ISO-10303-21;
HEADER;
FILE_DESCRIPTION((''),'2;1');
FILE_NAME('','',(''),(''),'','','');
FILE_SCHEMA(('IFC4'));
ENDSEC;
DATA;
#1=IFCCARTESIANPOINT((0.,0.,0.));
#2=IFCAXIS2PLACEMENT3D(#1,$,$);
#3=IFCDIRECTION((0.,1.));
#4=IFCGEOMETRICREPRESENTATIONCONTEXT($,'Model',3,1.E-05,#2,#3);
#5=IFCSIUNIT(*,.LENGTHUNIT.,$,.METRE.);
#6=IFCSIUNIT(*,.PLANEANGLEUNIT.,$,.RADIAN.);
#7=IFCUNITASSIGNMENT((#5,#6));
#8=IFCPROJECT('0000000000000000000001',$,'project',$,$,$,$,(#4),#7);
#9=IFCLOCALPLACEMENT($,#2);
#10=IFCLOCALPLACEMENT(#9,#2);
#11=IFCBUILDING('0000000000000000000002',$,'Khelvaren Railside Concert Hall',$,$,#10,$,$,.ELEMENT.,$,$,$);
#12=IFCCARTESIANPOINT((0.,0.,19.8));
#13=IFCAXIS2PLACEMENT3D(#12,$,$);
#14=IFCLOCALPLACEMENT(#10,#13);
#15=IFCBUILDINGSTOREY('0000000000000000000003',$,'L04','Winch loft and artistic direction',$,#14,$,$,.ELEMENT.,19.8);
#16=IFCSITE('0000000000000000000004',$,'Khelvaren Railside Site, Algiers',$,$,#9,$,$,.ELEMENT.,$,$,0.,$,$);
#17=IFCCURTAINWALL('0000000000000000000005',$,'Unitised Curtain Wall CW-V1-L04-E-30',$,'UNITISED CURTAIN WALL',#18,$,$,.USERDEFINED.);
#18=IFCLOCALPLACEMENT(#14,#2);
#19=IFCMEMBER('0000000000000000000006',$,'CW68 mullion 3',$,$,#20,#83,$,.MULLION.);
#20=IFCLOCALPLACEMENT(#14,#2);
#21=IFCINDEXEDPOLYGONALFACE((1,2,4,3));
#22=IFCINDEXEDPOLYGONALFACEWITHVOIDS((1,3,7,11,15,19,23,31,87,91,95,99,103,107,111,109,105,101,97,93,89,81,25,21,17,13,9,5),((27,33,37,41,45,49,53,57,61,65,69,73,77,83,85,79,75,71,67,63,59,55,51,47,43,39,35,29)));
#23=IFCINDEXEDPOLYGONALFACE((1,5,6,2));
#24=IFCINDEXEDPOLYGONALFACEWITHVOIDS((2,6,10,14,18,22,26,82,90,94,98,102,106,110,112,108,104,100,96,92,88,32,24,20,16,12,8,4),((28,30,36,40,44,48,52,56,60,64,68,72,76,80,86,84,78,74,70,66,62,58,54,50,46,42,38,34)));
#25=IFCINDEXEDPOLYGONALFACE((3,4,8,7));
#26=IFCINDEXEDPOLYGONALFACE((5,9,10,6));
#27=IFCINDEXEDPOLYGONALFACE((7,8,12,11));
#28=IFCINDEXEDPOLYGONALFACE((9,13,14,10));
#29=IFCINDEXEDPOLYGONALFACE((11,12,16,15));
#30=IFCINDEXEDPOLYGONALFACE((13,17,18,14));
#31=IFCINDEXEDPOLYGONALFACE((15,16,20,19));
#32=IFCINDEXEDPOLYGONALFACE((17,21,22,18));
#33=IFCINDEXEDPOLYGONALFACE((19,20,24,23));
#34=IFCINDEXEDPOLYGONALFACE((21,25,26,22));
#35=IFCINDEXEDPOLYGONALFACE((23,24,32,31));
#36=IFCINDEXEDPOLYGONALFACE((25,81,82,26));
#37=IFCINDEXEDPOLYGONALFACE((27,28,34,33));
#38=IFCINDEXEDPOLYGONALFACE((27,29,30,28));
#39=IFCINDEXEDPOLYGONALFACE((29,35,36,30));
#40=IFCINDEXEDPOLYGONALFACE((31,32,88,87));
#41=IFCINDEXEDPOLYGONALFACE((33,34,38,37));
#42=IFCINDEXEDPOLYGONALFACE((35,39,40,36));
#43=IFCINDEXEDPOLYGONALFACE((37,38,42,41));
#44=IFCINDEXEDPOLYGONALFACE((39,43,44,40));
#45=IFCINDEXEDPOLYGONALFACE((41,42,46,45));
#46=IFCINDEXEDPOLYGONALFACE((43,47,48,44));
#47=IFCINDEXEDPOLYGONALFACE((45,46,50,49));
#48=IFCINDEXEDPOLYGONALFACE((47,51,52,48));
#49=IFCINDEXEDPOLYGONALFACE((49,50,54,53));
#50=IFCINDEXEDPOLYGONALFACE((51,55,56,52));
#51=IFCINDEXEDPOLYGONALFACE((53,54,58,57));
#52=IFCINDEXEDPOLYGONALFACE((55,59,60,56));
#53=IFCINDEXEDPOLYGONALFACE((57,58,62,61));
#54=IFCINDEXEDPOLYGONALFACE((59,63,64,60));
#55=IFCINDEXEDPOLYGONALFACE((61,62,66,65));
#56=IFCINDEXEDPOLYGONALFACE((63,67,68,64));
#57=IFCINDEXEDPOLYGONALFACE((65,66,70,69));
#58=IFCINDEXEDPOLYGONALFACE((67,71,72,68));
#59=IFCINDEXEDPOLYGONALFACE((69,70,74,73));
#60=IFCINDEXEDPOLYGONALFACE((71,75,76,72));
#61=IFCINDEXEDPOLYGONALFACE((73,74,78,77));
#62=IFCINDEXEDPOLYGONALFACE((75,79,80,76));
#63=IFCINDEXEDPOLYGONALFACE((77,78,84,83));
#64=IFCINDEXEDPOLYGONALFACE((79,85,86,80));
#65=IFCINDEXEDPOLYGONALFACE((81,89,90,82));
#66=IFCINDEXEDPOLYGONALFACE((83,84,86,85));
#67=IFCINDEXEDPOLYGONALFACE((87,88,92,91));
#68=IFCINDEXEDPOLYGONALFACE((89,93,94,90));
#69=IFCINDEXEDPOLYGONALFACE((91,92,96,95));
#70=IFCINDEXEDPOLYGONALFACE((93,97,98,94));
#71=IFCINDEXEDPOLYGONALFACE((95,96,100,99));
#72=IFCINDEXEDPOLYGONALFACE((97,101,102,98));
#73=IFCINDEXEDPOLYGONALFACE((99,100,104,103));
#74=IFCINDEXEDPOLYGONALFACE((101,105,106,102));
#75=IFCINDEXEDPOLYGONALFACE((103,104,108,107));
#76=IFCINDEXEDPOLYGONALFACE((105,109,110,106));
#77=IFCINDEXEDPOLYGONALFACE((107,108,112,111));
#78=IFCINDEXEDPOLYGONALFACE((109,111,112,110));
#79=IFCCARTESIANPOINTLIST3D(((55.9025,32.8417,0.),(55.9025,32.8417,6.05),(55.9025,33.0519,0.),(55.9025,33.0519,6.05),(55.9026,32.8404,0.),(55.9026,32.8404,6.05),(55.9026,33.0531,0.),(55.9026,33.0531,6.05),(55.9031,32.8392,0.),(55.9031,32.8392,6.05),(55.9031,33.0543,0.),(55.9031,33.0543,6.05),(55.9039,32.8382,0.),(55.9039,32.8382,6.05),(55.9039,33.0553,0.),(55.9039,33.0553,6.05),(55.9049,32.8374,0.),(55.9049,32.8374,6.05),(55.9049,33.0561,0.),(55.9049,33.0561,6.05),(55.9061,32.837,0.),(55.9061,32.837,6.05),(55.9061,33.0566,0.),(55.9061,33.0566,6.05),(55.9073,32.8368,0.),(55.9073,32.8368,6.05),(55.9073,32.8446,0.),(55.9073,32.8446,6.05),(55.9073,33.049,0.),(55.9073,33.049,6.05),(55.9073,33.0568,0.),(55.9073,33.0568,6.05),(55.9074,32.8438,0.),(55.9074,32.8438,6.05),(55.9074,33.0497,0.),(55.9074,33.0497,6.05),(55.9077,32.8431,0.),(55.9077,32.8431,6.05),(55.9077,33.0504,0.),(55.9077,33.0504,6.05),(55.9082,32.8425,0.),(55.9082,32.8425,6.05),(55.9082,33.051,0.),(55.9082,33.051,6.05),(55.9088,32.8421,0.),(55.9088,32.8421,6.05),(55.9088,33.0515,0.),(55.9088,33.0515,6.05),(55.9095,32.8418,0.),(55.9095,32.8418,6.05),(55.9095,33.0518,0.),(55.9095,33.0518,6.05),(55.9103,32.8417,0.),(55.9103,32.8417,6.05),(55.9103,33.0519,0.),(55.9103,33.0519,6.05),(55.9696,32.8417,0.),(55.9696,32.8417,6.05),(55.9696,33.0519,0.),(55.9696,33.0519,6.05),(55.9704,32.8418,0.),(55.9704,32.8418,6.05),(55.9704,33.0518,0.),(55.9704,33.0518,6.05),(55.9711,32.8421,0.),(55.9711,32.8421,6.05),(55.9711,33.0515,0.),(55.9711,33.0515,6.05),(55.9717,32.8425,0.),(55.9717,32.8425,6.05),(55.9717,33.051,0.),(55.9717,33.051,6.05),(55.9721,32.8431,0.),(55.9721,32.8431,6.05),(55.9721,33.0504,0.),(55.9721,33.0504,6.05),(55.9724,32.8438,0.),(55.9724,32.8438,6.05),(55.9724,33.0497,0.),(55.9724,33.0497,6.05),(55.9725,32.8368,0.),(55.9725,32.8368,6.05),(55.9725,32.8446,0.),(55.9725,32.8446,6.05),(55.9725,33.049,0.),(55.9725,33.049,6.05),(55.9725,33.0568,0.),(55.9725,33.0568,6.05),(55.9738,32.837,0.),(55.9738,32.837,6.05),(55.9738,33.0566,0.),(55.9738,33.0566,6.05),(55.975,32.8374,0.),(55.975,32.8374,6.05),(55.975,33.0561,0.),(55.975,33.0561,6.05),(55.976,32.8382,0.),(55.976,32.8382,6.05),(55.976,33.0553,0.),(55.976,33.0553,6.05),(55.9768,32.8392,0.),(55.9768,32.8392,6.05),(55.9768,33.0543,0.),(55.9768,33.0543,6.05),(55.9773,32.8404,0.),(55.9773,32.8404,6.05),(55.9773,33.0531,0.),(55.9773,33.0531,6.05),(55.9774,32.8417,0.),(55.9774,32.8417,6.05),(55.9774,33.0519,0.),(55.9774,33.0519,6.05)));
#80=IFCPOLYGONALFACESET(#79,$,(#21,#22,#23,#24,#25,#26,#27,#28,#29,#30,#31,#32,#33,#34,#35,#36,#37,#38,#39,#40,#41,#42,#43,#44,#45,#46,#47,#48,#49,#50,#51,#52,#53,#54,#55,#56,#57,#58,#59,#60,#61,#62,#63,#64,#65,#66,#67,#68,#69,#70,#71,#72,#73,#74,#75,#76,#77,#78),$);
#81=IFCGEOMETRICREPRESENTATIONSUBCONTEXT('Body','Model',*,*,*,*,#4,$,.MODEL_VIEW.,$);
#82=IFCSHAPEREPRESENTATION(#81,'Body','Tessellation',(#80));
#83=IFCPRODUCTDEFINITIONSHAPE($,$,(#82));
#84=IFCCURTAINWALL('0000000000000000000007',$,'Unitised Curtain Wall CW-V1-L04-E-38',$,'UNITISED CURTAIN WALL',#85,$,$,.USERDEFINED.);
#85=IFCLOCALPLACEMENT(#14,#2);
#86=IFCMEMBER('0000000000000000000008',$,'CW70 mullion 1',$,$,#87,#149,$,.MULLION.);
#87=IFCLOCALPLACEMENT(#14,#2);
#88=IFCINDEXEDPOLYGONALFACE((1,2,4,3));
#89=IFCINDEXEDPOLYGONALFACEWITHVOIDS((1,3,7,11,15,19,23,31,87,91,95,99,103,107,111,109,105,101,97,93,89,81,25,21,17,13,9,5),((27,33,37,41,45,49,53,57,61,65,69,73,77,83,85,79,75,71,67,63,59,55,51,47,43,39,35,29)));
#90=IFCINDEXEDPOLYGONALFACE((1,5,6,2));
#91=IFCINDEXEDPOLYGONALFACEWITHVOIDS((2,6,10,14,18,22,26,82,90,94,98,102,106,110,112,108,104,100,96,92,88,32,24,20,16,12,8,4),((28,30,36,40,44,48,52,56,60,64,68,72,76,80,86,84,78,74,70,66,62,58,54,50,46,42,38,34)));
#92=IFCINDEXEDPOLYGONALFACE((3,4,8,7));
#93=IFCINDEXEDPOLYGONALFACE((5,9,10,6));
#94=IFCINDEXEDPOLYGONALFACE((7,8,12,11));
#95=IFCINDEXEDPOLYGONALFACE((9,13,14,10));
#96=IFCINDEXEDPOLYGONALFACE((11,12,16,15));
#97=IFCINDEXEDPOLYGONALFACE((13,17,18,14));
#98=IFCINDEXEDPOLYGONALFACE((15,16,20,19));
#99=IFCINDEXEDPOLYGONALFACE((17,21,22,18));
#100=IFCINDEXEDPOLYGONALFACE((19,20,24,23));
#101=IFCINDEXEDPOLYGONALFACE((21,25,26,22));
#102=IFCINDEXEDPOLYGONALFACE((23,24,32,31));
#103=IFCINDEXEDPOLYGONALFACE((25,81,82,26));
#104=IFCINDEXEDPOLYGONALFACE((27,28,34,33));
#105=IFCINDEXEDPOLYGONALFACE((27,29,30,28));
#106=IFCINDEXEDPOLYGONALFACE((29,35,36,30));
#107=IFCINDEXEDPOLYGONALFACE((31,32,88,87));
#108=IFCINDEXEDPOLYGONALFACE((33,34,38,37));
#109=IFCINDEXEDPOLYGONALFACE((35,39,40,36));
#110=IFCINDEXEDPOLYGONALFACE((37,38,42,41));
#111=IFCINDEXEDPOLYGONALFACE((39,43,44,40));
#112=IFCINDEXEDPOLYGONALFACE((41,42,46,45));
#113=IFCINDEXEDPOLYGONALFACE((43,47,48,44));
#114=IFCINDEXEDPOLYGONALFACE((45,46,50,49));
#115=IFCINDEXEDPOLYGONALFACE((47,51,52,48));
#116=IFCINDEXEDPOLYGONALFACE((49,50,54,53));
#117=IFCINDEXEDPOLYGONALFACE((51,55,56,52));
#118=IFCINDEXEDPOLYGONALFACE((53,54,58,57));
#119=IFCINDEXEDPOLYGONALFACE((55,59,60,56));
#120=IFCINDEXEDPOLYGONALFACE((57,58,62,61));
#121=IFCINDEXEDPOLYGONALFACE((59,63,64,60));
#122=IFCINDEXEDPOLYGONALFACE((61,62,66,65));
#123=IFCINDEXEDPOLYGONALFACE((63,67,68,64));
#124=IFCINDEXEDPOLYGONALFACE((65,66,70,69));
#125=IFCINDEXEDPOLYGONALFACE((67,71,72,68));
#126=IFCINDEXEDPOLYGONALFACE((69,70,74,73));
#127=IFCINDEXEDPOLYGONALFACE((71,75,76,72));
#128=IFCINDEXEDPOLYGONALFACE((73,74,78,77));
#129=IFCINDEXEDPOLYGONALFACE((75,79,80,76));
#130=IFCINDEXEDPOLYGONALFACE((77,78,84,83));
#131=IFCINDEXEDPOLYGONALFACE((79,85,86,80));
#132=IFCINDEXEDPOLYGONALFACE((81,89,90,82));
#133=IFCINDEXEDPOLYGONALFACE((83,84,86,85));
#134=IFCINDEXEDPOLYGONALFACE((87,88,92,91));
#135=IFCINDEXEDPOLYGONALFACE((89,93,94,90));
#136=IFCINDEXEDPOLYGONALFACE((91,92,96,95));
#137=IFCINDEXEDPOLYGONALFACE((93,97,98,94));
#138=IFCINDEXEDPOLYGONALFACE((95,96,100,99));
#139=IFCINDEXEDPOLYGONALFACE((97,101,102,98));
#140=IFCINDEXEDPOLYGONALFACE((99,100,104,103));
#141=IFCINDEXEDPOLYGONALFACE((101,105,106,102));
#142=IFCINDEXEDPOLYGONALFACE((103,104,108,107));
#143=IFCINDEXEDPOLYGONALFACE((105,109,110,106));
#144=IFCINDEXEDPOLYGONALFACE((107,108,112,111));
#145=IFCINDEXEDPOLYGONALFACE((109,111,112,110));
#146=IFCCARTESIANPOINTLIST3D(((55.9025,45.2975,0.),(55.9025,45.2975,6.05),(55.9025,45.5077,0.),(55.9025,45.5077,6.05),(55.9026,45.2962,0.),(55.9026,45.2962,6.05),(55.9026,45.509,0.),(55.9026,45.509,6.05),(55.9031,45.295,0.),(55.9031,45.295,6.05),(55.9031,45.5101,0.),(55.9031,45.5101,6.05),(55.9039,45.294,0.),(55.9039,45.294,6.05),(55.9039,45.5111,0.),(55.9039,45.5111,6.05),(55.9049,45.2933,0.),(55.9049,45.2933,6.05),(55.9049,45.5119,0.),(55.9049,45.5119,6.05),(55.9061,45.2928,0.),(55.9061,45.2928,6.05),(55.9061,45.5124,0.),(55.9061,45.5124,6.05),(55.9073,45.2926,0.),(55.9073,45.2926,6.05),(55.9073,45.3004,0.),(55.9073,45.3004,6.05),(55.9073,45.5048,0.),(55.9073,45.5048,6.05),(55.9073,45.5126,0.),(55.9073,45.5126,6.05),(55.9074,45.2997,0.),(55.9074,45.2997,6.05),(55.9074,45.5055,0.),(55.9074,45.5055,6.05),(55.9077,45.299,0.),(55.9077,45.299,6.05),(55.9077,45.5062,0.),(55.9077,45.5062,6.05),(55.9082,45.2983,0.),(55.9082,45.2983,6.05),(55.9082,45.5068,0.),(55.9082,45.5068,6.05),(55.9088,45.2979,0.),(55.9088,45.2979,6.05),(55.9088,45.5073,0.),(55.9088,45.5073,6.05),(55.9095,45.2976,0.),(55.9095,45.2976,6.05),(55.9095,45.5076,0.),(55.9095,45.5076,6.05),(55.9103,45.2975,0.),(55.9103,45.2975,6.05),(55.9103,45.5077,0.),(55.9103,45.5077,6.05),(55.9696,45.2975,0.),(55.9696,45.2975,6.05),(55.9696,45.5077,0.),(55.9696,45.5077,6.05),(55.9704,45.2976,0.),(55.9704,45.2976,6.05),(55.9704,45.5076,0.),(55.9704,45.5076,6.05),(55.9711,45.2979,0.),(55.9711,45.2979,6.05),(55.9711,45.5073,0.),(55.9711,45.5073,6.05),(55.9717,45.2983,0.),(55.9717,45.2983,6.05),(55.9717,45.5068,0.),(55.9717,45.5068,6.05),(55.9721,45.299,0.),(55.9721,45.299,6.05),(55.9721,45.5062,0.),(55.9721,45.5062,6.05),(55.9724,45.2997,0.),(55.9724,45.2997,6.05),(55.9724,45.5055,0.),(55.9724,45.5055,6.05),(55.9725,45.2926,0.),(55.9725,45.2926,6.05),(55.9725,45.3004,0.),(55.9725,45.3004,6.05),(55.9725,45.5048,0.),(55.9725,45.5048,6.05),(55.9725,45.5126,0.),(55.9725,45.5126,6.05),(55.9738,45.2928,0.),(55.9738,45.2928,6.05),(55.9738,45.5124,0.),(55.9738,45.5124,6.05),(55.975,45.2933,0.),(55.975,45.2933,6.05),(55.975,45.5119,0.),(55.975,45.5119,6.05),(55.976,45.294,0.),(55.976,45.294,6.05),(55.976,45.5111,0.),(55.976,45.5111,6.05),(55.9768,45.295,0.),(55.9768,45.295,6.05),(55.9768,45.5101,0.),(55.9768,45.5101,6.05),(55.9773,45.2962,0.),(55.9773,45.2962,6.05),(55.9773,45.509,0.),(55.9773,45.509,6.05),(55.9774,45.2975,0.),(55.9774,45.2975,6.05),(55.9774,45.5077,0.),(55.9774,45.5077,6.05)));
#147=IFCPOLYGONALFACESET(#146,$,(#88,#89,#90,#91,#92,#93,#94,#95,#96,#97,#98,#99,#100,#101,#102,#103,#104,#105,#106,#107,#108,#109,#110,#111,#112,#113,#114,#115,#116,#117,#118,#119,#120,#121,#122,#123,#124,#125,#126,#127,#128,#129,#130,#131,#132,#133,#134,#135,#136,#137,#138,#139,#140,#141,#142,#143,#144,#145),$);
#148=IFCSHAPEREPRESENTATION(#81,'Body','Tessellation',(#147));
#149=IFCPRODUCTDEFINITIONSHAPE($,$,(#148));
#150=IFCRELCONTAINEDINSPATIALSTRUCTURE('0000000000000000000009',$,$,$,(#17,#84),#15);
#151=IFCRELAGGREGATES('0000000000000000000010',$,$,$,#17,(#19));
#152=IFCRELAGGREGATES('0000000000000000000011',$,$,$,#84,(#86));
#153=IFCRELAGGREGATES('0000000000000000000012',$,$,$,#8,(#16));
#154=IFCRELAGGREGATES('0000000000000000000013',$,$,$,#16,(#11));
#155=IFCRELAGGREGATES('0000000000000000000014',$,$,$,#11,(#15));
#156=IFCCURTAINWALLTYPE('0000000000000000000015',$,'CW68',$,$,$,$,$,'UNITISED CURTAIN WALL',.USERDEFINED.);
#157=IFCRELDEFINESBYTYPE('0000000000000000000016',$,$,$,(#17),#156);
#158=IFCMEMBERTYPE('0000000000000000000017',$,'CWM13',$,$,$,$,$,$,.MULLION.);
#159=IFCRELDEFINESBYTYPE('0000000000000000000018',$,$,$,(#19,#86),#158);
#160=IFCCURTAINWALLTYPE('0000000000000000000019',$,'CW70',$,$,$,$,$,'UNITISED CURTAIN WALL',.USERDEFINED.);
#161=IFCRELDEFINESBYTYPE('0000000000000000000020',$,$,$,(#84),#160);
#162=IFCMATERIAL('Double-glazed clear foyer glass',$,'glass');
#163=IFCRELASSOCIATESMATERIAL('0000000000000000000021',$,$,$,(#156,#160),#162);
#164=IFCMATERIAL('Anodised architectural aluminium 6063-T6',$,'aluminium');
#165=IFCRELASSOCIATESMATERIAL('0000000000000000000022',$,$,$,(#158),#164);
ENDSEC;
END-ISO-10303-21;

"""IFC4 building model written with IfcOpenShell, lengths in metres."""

from ifc_helpers import new_model, si_unit, direction, frame, origin, origin_2d, place, context, subcontext, project, spatial, hollow_rectangle, extrude, material, material_profile, profile_set, type_object, element, aggregate, save


model = new_model("IFC4")

# Units and contexts
model_context = context("Model", 3, precision=1e-05, world=origin(), true_north=direction((0.0, 1.0)))
body_context = subcontext(model_context, "Body", "Model", "MODEL_VIEW")
ifc_project = project(units=[si_unit("LENGTHUNIT", "METRE"), si_unit("PLANEANGLEUNIT", "RADIAN")], contexts=[model_context])

# Site, building, storey
site_placement = place(None, origin())
site = spatial("IfcSite", under=ifc_project, at=site_placement, Name="Khelvaren Railside Site, Algiers", CompositionType="ELEMENT", RefElevation=0.0)
building_placement = place(site_placement, origin())
building = spatial("IfcBuilding", under=site, at=building_placement, Name="Khelvaren Railside Concert Hall", CompositionType="ELEMENT")
storey_placement = place(building_placement, frame((0.0, 0.0, 19.8)))
storey = spatial("IfcBuildingStorey", under=building, at=storey_placement, Name="L04", Description="Winch loft and artistic direction", CompositionType="ELEMENT", Elevation=19.8)

# Curtain walls, members
ifc_material_1 = material(Name="Double-glazed clear foyer glass", Category="glass")
curtain_wall_type_1 = type_object("IfcCurtainWallType", Name="CW68", ElementType="UNITISED CURTAIN WALL", PredefinedType="USERDEFINED", material=ifc_material_1)
curtain_wall_1_placement = place(storey_placement, origin())
curtain_wall_1 = element("IfcCurtainWall", 1, at=curtain_wall_1_placement, inside=storey, type_object=curtain_wall_type_1, Name="Unitised Curtain Wall CW-V1-L04-E-30", ObjectType="UNITISED CURTAIN WALL", PredefinedType="USERDEFINED")
ifc_material_2 = material(Name="Anodised architectural aluminium 6063-T6", Category="aluminium")
ifc_material_profile_1 = material_profile(ifc_material_2, hollow_rectangle(XDim=0.075, YDim=0.22, WallThickness=0.0049, InnerFilletRadius=0.0029, OuterFilletRadius=0.0049, at=origin_2d()), Name="CWM 75x220x5")
ifc_profile_set_1 = profile_set([ifc_material_profile_1], Name="Anodised architectural aluminium 6063-T6")
member_type_1 = type_object("IfcMemberType", Name="CWM13", PredefinedType="MULLION", material=ifc_profile_set_1)
member_1_placement = place(storey_placement, frame((55.9399, 32.9468, 0.0), z_axis=(0.0, 0.0, 1.0), x_axis=(1.0, 0.0, 0.0)))
member_1 = element("IfcMember", 2, at=member_1_placement, type_object=member_type_1, Name="CW68 mullion 3", PredefinedType="MULLION", context=body_context, shape_type="SweptSolid", body=[
    extrude(hollow_rectangle(XDim=0.075, YDim=0.22, WallThickness=0.0049, InnerFilletRadius=0.0029, OuterFilletRadius=0.0049, at=origin_2d()), origin(), (0.0, 0.0, 1.0), 6.05),
])
curtain_wall_type_2 = type_object("IfcCurtainWallType", Name="CW70", ElementType="UNITISED CURTAIN WALL", PredefinedType="USERDEFINED", material=ifc_material_1)
curtain_wall_2_placement = place(storey_placement, origin())
curtain_wall_2 = element("IfcCurtainWall", 3, at=curtain_wall_2_placement, inside=storey, type_object=curtain_wall_type_2, Name="Unitised Curtain Wall CW-V1-L04-E-38", ObjectType="UNITISED CURTAIN WALL", PredefinedType="USERDEFINED")
member_2_placement = place(storey_placement, frame((55.9399, 45.4026, 0.0), z_axis=(0.0, 0.0, 1.0), x_axis=(1.0, 0.0, 0.0)))
member_2 = element("IfcMember", 4, at=member_2_placement, type_object=member_type_1, Name="CW70 mullion 1", PredefinedType="MULLION", context=body_context, shape_type="SweptSolid", body=[
    extrude(hollow_rectangle(XDim=0.075, YDim=0.22, WallThickness=0.0049, InnerFilletRadius=0.0029, OuterFilletRadius=0.0049, at=origin_2d()), origin(), (0.0, 0.0, 1.0), 6.05),
])

aggregate(curtain_wall_1, [member_1])
aggregate(curtain_wall_2, [member_2])

save(model, "model.ifc")
